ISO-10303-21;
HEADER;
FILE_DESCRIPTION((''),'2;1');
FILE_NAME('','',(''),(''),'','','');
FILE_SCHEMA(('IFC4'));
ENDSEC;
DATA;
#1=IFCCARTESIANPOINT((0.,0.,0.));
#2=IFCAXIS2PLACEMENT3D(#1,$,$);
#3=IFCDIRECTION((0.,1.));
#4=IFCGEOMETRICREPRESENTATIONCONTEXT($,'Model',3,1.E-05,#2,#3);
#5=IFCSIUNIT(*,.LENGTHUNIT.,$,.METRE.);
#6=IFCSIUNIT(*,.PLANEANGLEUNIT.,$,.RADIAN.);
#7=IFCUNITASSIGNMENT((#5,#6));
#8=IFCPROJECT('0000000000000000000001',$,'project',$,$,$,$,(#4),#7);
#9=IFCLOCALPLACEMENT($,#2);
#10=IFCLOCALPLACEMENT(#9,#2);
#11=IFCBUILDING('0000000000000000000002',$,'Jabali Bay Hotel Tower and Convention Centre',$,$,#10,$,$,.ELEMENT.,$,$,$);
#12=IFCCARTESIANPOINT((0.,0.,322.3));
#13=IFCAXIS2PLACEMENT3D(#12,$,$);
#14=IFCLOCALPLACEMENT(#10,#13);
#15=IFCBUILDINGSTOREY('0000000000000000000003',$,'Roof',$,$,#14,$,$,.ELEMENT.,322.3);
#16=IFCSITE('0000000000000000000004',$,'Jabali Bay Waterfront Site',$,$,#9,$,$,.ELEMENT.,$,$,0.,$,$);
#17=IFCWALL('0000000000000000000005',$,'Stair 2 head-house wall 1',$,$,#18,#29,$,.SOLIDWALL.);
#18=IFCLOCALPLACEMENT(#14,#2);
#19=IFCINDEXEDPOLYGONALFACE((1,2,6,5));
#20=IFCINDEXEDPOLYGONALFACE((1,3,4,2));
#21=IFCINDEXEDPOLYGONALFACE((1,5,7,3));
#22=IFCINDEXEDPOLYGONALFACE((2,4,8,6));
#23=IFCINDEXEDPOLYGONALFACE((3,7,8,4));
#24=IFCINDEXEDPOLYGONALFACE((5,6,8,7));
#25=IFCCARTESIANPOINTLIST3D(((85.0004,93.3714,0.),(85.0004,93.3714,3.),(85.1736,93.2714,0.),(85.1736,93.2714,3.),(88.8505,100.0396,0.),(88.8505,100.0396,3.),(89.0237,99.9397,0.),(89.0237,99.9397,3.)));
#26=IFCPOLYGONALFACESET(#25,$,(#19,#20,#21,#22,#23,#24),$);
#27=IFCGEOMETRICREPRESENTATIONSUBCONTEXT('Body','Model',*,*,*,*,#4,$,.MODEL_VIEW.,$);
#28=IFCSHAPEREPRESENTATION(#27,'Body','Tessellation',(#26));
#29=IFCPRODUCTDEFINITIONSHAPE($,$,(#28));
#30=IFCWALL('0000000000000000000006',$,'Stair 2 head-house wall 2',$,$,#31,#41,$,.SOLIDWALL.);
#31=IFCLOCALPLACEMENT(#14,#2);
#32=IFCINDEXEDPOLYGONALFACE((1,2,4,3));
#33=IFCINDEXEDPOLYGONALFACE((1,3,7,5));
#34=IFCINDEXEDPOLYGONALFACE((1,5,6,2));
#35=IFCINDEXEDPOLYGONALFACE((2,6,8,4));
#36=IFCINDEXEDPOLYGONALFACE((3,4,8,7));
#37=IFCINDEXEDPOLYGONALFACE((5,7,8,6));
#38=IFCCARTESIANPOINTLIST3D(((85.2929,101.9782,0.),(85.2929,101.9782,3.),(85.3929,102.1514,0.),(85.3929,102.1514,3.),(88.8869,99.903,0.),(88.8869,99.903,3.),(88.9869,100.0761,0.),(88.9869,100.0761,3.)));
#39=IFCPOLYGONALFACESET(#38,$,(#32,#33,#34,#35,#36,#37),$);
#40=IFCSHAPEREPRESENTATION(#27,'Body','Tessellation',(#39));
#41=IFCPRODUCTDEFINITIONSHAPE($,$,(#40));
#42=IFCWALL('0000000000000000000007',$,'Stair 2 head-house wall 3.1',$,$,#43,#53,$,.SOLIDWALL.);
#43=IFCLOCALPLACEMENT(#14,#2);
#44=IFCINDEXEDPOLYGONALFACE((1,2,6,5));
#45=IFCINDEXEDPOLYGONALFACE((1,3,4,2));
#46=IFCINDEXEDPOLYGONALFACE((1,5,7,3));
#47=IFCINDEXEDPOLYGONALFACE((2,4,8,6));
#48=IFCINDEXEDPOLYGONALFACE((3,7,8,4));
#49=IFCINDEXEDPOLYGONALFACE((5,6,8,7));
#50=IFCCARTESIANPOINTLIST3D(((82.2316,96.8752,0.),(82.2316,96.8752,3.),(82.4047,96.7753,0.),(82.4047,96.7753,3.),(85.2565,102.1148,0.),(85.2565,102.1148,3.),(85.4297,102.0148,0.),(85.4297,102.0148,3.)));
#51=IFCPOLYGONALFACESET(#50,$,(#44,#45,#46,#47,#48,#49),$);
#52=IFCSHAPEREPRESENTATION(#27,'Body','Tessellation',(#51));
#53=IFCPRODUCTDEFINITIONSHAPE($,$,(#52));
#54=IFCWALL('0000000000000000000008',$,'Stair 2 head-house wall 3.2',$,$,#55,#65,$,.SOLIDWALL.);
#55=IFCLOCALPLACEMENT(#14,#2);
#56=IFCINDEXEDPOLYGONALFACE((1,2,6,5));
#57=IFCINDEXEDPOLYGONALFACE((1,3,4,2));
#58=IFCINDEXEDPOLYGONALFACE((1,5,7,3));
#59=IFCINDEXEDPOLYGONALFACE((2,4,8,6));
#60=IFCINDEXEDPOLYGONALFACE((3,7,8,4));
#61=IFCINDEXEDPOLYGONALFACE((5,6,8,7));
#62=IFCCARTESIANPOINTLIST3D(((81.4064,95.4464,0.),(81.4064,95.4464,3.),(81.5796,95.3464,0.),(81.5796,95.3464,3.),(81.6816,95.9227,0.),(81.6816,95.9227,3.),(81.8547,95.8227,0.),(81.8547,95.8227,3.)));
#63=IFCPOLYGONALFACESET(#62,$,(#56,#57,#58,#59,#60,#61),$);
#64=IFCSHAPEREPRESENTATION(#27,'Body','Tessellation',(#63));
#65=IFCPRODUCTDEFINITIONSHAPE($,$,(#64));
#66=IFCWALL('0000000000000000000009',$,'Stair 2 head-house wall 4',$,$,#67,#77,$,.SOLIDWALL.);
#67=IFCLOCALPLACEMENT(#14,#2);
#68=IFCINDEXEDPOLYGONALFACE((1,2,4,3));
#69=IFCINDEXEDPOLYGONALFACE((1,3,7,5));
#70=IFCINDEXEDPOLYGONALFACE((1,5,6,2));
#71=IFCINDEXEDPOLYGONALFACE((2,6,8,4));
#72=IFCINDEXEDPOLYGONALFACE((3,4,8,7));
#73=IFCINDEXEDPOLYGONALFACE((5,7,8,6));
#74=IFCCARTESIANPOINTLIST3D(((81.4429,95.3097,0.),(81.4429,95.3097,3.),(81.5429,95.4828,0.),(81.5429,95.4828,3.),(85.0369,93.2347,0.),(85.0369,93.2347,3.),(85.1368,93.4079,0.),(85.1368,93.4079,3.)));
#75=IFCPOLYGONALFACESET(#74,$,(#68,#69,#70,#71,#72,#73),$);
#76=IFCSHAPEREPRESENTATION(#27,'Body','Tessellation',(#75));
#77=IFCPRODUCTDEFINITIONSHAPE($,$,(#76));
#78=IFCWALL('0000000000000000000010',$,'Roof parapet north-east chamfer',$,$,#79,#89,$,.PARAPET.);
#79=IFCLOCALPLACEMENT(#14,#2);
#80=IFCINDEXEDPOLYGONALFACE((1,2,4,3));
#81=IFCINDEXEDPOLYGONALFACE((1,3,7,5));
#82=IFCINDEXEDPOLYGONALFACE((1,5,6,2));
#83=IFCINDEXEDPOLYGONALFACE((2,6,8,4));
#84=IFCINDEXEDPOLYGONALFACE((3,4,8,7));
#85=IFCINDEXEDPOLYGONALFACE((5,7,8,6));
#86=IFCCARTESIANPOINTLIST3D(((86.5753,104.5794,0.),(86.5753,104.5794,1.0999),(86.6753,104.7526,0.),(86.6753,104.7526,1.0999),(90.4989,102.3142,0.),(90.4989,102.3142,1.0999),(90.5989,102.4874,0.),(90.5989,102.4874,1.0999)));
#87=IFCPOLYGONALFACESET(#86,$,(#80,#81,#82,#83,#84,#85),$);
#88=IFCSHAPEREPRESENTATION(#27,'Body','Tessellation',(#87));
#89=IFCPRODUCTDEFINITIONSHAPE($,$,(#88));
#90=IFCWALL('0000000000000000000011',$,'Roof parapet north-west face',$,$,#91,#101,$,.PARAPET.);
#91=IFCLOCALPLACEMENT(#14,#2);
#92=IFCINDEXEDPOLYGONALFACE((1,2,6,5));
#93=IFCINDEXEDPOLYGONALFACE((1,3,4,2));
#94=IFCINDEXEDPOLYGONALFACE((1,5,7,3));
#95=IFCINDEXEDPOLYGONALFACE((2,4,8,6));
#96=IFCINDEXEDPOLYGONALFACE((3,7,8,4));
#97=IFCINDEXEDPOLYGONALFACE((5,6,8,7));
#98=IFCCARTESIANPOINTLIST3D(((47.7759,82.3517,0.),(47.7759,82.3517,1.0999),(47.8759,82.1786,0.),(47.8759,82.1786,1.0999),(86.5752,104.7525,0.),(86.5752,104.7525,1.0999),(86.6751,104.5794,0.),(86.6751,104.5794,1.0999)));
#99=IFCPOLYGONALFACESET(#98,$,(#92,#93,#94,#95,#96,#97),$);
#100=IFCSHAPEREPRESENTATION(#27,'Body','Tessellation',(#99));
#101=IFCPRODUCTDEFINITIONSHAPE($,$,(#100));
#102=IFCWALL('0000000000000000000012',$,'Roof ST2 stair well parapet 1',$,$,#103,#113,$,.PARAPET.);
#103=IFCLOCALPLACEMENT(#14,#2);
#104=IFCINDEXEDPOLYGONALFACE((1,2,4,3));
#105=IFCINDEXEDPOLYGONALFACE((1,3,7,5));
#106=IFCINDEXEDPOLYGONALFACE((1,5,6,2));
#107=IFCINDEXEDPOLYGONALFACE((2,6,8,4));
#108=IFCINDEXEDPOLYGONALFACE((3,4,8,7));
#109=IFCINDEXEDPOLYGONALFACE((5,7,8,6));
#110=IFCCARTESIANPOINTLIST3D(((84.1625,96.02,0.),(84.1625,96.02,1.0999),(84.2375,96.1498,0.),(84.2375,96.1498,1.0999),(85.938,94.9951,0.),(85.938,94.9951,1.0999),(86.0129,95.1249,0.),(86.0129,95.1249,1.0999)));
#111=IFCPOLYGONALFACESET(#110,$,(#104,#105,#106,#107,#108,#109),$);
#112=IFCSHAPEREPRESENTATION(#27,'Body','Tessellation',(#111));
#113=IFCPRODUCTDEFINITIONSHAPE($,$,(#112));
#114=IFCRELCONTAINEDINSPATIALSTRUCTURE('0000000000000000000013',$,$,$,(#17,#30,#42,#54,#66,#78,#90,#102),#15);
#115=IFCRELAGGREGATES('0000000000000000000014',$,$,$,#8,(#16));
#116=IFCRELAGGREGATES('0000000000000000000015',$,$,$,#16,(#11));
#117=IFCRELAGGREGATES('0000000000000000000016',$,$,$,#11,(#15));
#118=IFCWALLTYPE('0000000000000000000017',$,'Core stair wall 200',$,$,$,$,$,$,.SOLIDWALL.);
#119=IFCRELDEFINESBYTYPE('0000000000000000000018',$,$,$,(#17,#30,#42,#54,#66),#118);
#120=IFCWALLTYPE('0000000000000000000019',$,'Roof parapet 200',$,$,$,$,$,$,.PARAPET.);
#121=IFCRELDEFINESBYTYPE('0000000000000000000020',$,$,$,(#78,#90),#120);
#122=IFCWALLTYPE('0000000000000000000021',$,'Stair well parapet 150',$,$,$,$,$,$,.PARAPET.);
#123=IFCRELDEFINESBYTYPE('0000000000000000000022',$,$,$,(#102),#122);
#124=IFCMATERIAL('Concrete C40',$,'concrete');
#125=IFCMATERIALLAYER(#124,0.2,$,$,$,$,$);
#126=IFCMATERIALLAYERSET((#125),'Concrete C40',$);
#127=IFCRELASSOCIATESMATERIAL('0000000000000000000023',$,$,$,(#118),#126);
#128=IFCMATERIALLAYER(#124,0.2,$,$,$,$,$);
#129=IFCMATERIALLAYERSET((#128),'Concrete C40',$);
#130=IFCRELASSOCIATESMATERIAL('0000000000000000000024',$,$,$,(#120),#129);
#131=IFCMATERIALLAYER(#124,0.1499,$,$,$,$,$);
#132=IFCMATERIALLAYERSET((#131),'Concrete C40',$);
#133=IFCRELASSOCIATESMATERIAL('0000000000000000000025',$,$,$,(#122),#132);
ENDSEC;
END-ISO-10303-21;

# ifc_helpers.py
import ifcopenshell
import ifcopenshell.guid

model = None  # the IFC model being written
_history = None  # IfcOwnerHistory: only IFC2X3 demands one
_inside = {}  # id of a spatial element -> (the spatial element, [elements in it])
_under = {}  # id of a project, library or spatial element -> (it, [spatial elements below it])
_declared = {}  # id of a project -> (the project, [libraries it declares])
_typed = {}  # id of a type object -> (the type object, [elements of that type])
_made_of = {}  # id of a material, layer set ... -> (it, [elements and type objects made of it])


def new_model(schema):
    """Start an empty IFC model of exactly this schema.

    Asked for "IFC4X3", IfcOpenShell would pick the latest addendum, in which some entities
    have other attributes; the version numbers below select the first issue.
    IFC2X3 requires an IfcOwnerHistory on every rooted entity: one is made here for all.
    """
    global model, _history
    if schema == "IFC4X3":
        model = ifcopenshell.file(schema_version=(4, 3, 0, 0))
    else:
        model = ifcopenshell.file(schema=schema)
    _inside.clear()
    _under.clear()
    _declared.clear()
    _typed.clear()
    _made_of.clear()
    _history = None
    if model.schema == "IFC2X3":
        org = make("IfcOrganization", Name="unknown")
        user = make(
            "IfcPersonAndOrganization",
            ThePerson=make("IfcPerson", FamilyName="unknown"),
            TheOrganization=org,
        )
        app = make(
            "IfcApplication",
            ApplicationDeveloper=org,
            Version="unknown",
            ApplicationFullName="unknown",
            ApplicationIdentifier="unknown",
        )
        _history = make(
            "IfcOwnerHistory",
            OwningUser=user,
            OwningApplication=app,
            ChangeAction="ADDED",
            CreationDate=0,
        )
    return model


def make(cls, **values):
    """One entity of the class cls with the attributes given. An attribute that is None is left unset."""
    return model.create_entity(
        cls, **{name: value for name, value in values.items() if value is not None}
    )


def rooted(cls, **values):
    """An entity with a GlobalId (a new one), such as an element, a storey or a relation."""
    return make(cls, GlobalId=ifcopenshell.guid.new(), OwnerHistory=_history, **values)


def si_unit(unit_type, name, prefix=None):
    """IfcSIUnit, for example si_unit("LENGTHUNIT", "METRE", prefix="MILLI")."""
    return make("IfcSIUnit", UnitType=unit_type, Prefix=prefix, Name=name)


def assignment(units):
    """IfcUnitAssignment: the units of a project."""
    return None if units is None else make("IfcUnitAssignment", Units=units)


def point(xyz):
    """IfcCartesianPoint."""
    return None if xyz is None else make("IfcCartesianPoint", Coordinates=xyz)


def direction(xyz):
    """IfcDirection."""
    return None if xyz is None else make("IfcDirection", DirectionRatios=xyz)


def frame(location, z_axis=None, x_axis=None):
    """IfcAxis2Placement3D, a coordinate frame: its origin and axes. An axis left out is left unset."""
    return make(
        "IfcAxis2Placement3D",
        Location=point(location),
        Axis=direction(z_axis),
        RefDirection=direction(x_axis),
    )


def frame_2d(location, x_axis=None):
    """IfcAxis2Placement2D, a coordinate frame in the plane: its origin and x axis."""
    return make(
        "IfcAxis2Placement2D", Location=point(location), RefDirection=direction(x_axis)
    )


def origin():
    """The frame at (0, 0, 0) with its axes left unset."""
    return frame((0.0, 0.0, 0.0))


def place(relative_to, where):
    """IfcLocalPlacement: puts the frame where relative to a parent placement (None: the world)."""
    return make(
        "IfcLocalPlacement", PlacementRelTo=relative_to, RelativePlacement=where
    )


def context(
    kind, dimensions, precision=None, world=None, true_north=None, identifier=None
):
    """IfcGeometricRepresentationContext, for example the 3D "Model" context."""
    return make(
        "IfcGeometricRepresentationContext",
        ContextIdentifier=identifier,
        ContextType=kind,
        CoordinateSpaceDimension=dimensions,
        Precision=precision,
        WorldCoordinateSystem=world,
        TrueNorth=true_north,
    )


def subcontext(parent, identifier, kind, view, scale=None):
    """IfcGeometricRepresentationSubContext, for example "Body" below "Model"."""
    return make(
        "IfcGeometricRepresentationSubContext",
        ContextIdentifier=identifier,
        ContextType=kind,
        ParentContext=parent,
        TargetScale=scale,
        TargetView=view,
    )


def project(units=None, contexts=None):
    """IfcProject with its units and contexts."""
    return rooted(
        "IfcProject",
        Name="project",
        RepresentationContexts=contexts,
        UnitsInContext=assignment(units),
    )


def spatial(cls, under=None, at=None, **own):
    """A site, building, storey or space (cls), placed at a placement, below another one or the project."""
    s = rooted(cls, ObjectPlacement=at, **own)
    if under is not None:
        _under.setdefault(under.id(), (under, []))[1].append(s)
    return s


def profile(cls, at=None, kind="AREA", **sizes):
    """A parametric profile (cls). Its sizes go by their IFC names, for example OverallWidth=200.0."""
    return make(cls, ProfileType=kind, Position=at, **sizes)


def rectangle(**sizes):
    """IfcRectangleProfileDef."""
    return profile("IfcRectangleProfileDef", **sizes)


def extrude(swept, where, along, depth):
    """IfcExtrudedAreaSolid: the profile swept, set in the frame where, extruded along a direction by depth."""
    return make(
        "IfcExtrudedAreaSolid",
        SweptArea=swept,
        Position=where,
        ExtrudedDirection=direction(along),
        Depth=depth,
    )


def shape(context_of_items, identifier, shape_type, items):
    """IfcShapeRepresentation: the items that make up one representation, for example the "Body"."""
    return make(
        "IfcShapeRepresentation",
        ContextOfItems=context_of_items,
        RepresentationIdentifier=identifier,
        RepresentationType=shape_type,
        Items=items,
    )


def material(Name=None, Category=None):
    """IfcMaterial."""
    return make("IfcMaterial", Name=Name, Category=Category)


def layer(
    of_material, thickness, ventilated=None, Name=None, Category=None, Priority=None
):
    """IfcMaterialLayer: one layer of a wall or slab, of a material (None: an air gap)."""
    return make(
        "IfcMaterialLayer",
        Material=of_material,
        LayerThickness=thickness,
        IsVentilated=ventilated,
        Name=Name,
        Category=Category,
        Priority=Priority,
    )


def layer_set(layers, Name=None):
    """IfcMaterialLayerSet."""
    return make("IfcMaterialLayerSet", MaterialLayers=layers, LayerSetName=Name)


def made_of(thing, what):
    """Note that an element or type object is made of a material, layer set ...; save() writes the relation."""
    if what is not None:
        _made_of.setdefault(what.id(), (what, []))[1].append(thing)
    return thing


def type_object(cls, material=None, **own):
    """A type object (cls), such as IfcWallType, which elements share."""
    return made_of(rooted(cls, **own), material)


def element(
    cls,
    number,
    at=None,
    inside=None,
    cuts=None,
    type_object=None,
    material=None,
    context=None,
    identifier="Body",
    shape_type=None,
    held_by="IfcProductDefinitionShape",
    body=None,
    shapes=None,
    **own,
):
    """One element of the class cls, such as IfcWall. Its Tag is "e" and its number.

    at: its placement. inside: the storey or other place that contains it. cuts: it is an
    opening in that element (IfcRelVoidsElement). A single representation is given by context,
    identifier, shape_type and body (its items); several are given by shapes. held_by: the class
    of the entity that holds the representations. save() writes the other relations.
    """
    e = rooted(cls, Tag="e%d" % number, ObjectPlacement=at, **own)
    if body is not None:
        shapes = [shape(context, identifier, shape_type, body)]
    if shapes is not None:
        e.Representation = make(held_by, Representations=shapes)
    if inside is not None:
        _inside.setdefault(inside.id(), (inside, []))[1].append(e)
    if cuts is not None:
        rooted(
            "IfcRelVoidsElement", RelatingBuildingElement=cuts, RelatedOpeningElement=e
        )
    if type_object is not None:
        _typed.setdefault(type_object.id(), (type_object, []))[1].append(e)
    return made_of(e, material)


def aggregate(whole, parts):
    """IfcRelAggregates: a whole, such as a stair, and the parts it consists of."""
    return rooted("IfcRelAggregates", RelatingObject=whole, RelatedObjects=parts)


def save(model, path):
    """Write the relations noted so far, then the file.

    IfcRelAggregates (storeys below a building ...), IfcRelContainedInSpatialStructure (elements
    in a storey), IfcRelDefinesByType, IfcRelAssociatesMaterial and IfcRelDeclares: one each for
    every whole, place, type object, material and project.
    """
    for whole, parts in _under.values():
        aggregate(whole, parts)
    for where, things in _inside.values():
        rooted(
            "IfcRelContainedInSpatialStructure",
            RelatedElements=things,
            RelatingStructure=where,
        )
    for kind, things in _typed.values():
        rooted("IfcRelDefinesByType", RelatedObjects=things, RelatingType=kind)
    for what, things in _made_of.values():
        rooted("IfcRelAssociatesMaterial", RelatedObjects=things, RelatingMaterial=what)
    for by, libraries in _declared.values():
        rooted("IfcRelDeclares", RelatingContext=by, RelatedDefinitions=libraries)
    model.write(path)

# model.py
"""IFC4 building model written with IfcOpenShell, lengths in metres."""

from ifc_helpers import new_model, si_unit, direction, frame, frame_2d, origin, place, context, subcontext, project, spatial, rectangle, extrude, material, layer, layer_set, type_object, element, save


model = new_model("IFC4")

# Units and contexts
model_context = context("Model", 3, precision=1e-05, world=origin(), true_north=direction((0.0, 1.0)))
body_context = subcontext(model_context, "Body", "Model", "MODEL_VIEW")
ifc_project = project(units=[si_unit("LENGTHUNIT", "METRE"), si_unit("PLANEANGLEUNIT", "RADIAN")], contexts=[model_context])

# Site, building, storey
site_placement = place(None, origin())
site = spatial("IfcSite", under=ifc_project, at=site_placement, Name="Jabali Bay Waterfront Site", CompositionType="ELEMENT", RefElevation=0.0)
building_placement = place(site_placement, origin())
building = spatial("IfcBuilding", under=site, at=building_placement, Name="Jabali Bay Hotel Tower and Convention Centre", CompositionType="ELEMENT")
storey_placement = place(building_placement, frame((0.0, 0.0, 322.3)))
storey = spatial("IfcBuildingStorey", under=building, at=storey_placement, Name="Roof", CompositionType="ELEMENT", Elevation=322.3)

# Shared definitions
ifc_material_1 = material(Name="Concrete C40", Category="concrete")

# Walls
ifc_layer_1 = layer(ifc_material_1, 0.2)
ifc_layer_set_1 = layer_set([ifc_layer_1], Name="Concrete C40")
wall_type_1 = type_object("IfcWallType", Name="Core stair wall 200", PredefinedType="SOLIDWALL", material=ifc_layer_set_1)
wall_1_placement = place(storey_placement, frame((85.0869, 93.3213, 0.0), z_axis=(0.0, 0.0, 1.0), x_axis=(0.50002, 0.866014, 0.0)))
element("IfcWall", 1, at=wall_1_placement, inside=storey, type_object=wall_type_1, Name="Stair 2 head-house wall 1", PredefinedType="SOLIDWALL", context=body_context, shape_type="SweptSolid", body=[
    extrude(rectangle(XDim=7.7, YDim=0.2, at=frame_2d((3.8501, 0.0))), origin(), (0.0, 0.0, 1.0), 3.0),
])
wall_2_placement = place(storey_placement, frame((88.937, 99.9895, 0.0), z_axis=(0.0, 0.0, 1.0), x_axis=(-0.866004, 0.500036, 0.0)))
element("IfcWall", 2, at=wall_2_placement, inside=storey, type_object=wall_type_1, Name="Stair 2 head-house wall 2", PredefinedType="SOLIDWALL", context=body_context, shape_type="SweptSolid", body=[
    extrude(rectangle(XDim=4.1501, YDim=0.2, at=frame_2d((2.0752, 0.0))), origin(), (0.0, 0.0, 1.0), 3.0),
])
wall_3_placement = place(storey_placement, frame((85.343, 102.0647, 0.0), z_axis=(0.0, 0.0, 1.0), x_axis=(-0.499984, -0.866034, 0.0)))
element("IfcWall", 3, at=wall_3_placement, inside=storey, type_object=wall_type_1, Name="Stair 2 head-house wall 3.1", PredefinedType="SOLIDWALL", context=body_context, shape_type="SweptSolid", body=[
    extrude(rectangle(XDim=6.05, YDim=0.2, at=frame_2d((3.0249, 0.0))), origin(), (0.0, 0.0, 1.0), 3.0),
])
wall_4_placement = place(storey_placement, frame((81.7681, 95.8726, 0.0), z_axis=(0.0, 0.0, 1.0), x_axis=(-0.500196, -0.865912, 0.0)))
element("IfcWall", 4, at=wall_4_placement, inside=storey, type_object=wall_type_1, Name="Stair 2 head-house wall 3.2", PredefinedType="SOLIDWALL", context=body_context, shape_type="SweptSolid", body=[
    extrude(rectangle(XDim=0.55, YDim=0.2, at=frame_2d((0.2749, 0.0))), origin(), (0.0, 0.0, 1.0), 3.0),
])
wall_5_placement = place(storey_placement, frame((81.4929, 95.3962, 0.0), z_axis=(0.0, 0.0, 1.0), x_axis=(0.86603, -0.499992, 0.0)))
element("IfcWall", 5, at=wall_5_placement, inside=storey, type_object=wall_type_1, Name="Stair 2 head-house wall 4", PredefinedType="SOLIDWALL", context=body_context, shape_type="SweptSolid", body=[
    extrude(rectangle(XDim=4.1499, YDim=0.2, at=frame_2d((2.075, 0.0))), origin(), (0.0, 0.0, 1.0), 3.0),
])
ifc_layer_2 = layer(ifc_material_1, 0.2)
ifc_layer_set_2 = layer_set([ifc_layer_2], Name="Concrete C40")
wall_type_2 = type_object("IfcWallType", Name="Roof parapet 200", PredefinedType="PARAPET", material=ifc_layer_set_2)
wall_6_placement = place(storey_placement, frame((90.5488, 102.4009, 0.0), z_axis=(0.0, 0.0, 1.0), x_axis=(-0.866039, 0.499976, 0.0)))
element("IfcWall", 6, at=wall_6_placement, inside=storey, type_object=wall_type_2, Name="Roof parapet north-east chamfer", PredefinedType="PARAPET", context=body_context, shape_type="SweptSolid", body=[
    extrude(rectangle(XDim=4.5305, YDim=0.2, at=frame_2d((2.2651, 0.0))), origin(), (0.0, 0.0, 1.0), 1.0999),
])
wall_7_placement = place(storey_placement, frame((86.6252, 104.666, 0.0), z_axis=(0.0, 0.0, 1.0), x_axis=(-0.866025, -0.500001, 0.0)))
element("IfcWall", 7, at=wall_7_placement, inside=storey, type_object=wall_type_2, Name="Roof parapet north-west face", PredefinedType="PARAPET", context=body_context, shape_type="SweptSolid", body=[
    extrude(rectangle(XDim=44.8015, YDim=0.2, at=frame_2d((22.4009, 0.0))), origin(), (0.0, 0.0, 1.0), 1.0999),
])
ifc_layer_3 = layer(ifc_material_1, 0.1499)
ifc_layer_set_3 = layer_set([ifc_layer_3], Name="Concrete C40")
wall_type_3 = type_object("IfcWallType", Name="Stair well parapet 150", PredefinedType="PARAPET", material=ifc_layer_set_3)
wall_8_placement = place(storey_placement, frame((85.9753, 95.0601, 0.0), z_axis=(0.0, 0.0, 1.0), x_axis=(-0.866051, 0.499956, 0.0)))
element("IfcWall", 8, at=wall_8_placement, inside=storey, type_object=wall_type_3, Name="Roof ST2 stair well parapet 1", PredefinedType="PARAPET", context=body_context, shape_type="SweptSolid", body=[
    extrude(rectangle(XDim=2.05, YDim=0.1499, at=frame_2d((1.0249, 0.0))), origin(), (0.0, 0.0, 1.0), 1.0999),
])

save(model, "model.ifc")
